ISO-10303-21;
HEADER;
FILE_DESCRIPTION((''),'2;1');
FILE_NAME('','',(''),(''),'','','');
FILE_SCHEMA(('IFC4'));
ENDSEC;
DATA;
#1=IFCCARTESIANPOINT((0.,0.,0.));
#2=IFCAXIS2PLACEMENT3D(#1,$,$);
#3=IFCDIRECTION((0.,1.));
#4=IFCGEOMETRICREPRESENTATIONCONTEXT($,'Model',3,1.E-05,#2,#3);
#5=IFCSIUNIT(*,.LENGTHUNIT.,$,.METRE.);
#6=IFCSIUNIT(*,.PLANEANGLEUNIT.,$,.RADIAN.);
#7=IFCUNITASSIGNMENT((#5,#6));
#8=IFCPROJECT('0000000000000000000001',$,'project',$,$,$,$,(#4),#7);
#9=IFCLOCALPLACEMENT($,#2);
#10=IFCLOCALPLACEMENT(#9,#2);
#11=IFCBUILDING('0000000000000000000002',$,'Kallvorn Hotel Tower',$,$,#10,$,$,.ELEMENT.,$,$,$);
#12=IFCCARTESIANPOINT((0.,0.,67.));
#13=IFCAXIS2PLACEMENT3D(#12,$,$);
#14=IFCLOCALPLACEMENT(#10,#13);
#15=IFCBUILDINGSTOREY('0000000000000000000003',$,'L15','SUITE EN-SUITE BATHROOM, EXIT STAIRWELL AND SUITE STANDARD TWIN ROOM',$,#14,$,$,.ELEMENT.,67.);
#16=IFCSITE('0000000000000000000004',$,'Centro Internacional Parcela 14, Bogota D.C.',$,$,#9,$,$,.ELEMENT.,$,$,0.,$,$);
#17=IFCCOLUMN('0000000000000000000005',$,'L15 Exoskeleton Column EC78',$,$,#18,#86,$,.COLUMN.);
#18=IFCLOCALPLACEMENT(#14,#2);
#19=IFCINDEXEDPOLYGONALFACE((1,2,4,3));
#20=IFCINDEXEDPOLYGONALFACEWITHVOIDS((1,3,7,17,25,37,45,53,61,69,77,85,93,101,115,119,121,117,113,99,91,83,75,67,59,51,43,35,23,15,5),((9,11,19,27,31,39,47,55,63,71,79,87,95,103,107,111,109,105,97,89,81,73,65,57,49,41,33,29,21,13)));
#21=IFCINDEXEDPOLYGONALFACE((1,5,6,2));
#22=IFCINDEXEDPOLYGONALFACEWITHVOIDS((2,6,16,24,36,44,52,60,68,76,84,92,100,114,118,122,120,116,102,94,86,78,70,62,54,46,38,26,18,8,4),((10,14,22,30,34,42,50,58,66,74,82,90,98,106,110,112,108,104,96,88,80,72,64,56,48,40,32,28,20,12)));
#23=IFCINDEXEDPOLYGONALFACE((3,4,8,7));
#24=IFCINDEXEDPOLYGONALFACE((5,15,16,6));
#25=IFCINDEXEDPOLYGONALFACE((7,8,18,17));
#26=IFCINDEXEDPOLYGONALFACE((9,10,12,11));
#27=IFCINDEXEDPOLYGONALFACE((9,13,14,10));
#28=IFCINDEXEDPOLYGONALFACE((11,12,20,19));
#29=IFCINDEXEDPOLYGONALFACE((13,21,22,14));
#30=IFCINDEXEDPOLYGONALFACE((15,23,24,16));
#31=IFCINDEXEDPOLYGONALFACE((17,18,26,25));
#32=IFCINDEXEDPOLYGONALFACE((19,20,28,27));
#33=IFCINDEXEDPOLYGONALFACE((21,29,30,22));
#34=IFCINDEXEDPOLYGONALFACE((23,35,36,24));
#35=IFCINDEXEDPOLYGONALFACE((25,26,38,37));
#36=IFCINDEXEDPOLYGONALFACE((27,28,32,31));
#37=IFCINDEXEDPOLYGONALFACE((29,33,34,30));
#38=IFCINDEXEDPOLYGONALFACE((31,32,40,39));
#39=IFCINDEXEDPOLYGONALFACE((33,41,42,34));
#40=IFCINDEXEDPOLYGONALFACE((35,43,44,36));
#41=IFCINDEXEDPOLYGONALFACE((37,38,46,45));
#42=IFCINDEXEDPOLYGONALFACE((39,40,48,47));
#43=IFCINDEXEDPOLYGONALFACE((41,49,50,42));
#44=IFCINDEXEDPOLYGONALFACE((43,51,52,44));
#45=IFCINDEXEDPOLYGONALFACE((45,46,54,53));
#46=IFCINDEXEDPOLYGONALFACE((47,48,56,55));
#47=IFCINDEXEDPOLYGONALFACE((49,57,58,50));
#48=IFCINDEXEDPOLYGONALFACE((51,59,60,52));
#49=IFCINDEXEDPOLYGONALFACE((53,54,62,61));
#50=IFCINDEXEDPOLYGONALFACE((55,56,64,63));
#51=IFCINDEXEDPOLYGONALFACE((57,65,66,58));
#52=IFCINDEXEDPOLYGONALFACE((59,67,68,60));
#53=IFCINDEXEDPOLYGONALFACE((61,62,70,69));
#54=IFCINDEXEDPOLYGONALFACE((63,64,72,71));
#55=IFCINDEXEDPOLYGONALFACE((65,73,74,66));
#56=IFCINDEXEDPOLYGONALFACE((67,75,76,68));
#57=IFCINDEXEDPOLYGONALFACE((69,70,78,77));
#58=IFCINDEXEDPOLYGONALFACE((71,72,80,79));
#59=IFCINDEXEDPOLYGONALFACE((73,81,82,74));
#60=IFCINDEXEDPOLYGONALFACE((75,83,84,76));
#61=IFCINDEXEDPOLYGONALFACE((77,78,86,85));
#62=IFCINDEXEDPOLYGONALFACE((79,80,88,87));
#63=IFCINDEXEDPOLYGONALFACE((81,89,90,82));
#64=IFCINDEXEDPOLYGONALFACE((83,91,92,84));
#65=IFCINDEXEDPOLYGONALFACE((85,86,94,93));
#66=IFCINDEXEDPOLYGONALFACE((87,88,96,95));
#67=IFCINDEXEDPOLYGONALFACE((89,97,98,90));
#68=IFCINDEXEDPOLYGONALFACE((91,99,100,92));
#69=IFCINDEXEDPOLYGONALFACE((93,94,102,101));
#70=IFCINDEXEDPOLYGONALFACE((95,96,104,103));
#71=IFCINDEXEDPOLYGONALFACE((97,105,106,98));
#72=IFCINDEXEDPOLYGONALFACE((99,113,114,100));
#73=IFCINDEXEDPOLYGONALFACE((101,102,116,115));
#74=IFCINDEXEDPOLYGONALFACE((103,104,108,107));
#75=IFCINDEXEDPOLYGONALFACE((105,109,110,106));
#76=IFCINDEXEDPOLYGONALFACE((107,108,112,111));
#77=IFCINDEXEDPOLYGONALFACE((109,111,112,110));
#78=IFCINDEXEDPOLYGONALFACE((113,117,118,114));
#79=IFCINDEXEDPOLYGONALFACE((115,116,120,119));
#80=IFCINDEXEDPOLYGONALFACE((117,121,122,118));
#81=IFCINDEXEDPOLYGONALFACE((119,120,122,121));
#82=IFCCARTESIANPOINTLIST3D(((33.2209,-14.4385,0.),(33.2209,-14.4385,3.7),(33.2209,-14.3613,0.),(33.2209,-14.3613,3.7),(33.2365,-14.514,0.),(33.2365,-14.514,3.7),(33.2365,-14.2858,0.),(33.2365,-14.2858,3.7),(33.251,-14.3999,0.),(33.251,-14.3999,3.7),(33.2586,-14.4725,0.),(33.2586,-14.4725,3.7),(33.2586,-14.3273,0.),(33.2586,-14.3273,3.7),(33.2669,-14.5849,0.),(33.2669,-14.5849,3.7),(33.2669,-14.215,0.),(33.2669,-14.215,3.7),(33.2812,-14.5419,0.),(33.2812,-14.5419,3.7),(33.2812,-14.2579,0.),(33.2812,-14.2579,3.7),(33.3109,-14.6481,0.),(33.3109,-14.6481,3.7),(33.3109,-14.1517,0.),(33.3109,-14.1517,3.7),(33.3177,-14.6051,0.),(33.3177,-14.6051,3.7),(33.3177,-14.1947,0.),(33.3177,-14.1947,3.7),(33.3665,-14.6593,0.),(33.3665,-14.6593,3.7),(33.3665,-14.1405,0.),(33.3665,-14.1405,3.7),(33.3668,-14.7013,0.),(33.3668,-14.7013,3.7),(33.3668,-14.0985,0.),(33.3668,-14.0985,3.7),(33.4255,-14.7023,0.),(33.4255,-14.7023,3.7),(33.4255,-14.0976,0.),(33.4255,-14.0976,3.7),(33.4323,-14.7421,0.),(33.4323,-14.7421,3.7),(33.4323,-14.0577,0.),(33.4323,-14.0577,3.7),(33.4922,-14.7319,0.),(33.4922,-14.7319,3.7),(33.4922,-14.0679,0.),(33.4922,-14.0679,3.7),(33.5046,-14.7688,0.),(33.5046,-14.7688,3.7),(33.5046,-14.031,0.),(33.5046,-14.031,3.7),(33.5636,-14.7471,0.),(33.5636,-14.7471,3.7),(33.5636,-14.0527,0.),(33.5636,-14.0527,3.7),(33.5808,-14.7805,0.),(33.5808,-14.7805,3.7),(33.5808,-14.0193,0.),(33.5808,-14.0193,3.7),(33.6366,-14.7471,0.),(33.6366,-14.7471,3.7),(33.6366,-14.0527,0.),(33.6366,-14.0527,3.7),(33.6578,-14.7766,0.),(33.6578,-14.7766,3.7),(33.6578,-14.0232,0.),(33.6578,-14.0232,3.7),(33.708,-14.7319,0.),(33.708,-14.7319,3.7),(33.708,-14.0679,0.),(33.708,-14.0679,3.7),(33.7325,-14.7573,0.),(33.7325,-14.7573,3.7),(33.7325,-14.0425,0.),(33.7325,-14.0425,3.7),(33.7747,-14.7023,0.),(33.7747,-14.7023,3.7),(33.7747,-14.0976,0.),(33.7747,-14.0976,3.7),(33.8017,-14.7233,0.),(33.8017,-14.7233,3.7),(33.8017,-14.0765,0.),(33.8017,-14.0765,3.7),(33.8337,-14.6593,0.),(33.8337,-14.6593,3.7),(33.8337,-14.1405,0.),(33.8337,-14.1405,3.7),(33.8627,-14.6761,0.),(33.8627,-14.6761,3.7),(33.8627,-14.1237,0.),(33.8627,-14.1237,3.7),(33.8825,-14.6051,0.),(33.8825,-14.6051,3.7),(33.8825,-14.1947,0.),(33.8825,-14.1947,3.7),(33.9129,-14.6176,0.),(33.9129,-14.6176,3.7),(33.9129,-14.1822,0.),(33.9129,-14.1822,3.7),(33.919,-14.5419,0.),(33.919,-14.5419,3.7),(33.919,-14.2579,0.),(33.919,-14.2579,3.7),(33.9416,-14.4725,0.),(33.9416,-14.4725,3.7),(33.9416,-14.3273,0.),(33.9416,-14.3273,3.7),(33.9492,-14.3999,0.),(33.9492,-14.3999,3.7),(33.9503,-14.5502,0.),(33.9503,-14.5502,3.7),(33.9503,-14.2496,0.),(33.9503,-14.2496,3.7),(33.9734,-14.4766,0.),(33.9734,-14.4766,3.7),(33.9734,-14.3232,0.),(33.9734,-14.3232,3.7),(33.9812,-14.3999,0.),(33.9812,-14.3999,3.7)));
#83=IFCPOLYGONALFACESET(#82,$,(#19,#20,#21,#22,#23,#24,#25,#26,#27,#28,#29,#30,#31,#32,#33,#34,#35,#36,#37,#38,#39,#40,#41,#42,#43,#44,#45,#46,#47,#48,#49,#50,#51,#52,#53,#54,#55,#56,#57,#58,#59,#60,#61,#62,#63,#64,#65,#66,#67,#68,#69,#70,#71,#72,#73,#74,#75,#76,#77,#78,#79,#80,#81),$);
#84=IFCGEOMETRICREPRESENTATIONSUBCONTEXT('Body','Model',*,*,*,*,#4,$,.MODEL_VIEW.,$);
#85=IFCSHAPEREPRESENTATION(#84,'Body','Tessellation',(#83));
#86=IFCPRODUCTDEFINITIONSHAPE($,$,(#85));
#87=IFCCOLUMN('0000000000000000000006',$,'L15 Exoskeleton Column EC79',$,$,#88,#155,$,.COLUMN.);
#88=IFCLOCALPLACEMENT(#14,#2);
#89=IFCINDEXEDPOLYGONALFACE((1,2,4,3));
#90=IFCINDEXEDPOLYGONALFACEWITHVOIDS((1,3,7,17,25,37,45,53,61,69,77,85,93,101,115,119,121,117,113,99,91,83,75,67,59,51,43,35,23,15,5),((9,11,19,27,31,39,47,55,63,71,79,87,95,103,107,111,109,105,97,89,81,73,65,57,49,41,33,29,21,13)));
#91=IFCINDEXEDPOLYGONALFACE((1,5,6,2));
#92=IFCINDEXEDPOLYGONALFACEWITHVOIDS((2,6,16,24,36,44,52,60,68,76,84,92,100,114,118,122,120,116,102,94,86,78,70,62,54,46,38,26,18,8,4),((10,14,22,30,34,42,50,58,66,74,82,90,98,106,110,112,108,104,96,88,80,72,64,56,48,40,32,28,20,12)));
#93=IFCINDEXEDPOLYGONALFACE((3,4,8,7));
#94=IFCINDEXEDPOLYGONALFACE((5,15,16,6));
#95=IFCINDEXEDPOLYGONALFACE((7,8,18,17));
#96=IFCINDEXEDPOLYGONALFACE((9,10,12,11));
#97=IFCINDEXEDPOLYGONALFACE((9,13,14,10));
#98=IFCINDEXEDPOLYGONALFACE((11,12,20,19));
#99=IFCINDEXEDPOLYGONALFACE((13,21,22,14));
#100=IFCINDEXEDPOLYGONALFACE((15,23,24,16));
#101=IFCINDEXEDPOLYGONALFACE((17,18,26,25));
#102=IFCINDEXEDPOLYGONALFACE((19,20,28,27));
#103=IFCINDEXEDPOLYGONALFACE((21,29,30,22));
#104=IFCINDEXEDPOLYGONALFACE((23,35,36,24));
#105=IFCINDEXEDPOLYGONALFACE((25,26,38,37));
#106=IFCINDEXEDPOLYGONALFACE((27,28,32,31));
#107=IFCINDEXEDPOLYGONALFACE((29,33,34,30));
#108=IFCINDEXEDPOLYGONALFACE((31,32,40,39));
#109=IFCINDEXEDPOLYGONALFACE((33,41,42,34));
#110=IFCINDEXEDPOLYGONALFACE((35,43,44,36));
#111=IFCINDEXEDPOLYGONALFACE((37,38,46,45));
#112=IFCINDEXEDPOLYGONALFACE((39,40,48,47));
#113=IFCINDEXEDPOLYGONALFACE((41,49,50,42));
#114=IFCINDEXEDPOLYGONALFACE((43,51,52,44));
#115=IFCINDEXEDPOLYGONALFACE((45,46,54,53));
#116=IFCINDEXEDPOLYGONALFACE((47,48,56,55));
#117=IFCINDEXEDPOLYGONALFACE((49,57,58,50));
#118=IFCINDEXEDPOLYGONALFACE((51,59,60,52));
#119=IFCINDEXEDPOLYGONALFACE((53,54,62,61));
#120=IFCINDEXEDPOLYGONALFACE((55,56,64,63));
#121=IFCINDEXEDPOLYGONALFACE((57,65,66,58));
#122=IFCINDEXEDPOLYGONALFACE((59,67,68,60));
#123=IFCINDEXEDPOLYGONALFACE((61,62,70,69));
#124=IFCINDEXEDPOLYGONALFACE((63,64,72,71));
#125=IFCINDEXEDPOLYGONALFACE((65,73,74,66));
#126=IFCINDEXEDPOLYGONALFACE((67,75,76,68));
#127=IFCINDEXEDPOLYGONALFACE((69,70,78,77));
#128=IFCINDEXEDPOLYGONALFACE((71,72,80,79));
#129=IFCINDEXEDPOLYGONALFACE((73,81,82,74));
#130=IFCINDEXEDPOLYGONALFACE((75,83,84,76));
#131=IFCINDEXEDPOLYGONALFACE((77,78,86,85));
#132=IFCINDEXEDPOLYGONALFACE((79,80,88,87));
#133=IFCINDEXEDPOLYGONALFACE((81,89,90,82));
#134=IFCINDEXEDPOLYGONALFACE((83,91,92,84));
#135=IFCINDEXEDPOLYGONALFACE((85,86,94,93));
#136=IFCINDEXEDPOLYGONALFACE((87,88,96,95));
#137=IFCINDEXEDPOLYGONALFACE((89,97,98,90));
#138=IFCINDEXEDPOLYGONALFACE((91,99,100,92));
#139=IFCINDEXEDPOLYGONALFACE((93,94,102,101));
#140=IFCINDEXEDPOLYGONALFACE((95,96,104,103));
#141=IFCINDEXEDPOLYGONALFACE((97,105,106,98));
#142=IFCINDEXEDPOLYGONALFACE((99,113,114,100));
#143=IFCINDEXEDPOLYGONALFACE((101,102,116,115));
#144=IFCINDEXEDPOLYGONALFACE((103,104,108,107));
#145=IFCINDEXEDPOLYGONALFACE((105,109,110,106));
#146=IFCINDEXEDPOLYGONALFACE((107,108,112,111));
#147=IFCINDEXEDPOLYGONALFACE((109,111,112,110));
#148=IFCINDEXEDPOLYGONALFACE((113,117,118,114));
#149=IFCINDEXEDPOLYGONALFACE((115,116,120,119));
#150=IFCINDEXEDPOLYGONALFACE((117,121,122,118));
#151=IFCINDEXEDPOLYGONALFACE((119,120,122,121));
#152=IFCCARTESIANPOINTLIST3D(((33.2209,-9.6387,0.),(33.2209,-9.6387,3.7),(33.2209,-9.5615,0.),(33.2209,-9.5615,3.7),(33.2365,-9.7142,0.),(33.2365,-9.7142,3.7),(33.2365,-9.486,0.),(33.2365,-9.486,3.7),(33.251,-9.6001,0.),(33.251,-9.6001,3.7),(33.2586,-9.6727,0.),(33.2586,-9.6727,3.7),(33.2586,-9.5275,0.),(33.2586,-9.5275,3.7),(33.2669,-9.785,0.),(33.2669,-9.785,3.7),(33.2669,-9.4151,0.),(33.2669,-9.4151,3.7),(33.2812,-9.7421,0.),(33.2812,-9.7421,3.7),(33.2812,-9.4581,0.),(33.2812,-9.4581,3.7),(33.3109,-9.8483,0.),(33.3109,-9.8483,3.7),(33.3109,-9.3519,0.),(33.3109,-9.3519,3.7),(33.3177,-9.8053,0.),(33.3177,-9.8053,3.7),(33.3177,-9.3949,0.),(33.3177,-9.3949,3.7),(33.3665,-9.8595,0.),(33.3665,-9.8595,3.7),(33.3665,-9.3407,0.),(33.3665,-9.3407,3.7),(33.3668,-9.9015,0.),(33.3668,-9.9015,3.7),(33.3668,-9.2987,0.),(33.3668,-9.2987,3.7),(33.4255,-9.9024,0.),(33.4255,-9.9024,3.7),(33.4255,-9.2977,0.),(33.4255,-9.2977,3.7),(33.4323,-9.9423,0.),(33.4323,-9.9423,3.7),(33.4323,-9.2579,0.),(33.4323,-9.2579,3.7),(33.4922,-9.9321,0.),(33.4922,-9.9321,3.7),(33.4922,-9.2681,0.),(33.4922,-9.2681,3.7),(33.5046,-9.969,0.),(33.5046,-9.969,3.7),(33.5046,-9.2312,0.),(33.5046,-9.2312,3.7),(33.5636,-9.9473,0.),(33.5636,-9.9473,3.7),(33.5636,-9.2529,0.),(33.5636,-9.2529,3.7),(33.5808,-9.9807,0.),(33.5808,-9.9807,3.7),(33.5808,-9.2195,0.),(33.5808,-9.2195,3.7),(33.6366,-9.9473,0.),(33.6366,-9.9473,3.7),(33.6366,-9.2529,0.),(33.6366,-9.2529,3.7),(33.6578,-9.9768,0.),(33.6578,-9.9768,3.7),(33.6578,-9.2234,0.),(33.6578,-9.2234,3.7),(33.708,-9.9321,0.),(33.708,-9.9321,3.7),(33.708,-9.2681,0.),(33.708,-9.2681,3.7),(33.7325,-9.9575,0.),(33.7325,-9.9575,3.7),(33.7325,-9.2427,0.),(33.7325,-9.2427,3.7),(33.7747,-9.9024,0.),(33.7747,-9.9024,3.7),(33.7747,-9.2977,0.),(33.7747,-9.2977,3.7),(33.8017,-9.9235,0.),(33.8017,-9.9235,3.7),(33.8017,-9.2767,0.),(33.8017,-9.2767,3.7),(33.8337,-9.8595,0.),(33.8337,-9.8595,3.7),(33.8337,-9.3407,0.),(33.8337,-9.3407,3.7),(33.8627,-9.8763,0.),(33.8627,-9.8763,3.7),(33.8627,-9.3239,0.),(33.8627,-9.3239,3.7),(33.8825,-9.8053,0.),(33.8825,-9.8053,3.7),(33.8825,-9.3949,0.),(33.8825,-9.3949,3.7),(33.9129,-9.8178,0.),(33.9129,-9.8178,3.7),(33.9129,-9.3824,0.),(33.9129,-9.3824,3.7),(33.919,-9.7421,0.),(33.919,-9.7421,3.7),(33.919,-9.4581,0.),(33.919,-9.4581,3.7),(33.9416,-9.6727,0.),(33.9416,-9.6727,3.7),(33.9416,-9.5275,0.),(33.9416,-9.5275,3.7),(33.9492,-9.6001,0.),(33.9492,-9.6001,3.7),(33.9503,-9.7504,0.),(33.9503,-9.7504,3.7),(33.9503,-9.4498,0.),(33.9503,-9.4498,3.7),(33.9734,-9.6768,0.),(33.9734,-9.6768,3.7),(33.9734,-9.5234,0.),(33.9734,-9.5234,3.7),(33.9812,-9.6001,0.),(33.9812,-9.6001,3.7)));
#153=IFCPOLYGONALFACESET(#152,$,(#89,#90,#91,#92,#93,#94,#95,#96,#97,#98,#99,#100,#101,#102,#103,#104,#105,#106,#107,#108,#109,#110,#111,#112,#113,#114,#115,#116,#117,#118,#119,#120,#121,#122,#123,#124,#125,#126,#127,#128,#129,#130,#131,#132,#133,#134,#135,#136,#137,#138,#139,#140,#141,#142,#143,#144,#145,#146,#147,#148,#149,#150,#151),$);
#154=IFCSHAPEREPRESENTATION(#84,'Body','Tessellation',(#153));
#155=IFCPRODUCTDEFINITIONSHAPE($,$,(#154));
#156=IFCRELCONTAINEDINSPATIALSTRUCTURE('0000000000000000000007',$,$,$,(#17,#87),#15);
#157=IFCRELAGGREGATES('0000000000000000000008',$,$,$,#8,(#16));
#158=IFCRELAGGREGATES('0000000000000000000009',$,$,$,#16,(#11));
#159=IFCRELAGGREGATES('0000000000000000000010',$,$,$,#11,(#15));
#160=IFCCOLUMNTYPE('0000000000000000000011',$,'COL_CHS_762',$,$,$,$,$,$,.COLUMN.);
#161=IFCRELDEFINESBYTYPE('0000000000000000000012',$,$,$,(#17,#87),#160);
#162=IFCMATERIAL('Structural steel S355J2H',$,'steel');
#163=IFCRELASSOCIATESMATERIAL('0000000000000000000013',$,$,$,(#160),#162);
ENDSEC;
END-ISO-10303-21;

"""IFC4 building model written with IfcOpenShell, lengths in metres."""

from ifc_helpers import new_model, si_unit, direction, frame, origin, origin_2d, place, context, subcontext, project, spatial, hollow_circle, extrude, material, material_profile, profile_set, type_object, element, save


model = new_model("IFC4")

# Units and contexts
model_context = context("Model", 3, precision=1e-05, world=origin(), true_north=direction((0.0, 1.0)))
body_context = subcontext(model_context, "Body", "Model", "MODEL_VIEW")
ifc_project = project(units=[si_unit("LENGTHUNIT", "METRE"), si_unit("PLANEANGLEUNIT", "RADIAN")], contexts=[model_context])

# Site, building, storey
site_placement = place(None, origin())
site = spatial("IfcSite", under=ifc_project, at=site_placement, Name="Centro Internacional Parcela 14, Bogota D.C.", CompositionType="ELEMENT", RefElevation=0.0)
building_placement = place(site_placement, origin())
building = spatial("IfcBuilding", under=site, at=building_placement, Name="Kallvorn Hotel Tower", CompositionType="ELEMENT")
storey_placement = place(building_placement, frame((0.0, 0.0, 67.0)))
storey = spatial("IfcBuildingStorey", under=building, at=storey_placement, Name="L15", Description="SUITE EN-SUITE BATHROOM, EXIT STAIRWELL AND SUITE STANDARD TWIN ROOM", CompositionType="ELEMENT", Elevation=67.0)

# Columns
ifc_material_1 = material(Name="Structural steel S355J2H", Category="steel")
ifc_material_profile_1 = material_profile(ifc_material_1, hollow_circle(Radius=0.3811, WallThickness=0.032, at=origin_2d()), Name="CHS 762x32")
ifc_profile_set_1 = profile_set([ifc_material_profile_1], Name="Structural steel S355J2H")
column_type_1 = type_object("IfcColumnType", Name="COL_CHS_762", PredefinedType="COLUMN", material=ifc_profile_set_1)
for number, where, z_axis, x_axis, name in (
    (1, (33.6001, -14.3999, 0.0), (0.0, 0.0, 1.0), (1.0, 0.0, 0.0), "L15 Exoskeleton Column EC78"),
    (2, (33.6001, -9.6001, 0.0), (0.0, 0.0, 1.0), (1.0, 0.0, 0.0), "L15 Exoskeleton Column EC79"),
):
    element("IfcColumn", number, at=place(storey_placement, frame(where, z_axis=z_axis, x_axis=x_axis)), inside=storey, type_object=column_type_1, Name=name, PredefinedType="COLUMN", context=body_context, shape_type="SweptSolid", body=[
        extrude(hollow_circle(Radius=0.3811, WallThickness=0.032, at=origin_2d()), origin(), (0.0, 0.0, 1.0), 3.7),
    ])

save(model, "model.ifc")
